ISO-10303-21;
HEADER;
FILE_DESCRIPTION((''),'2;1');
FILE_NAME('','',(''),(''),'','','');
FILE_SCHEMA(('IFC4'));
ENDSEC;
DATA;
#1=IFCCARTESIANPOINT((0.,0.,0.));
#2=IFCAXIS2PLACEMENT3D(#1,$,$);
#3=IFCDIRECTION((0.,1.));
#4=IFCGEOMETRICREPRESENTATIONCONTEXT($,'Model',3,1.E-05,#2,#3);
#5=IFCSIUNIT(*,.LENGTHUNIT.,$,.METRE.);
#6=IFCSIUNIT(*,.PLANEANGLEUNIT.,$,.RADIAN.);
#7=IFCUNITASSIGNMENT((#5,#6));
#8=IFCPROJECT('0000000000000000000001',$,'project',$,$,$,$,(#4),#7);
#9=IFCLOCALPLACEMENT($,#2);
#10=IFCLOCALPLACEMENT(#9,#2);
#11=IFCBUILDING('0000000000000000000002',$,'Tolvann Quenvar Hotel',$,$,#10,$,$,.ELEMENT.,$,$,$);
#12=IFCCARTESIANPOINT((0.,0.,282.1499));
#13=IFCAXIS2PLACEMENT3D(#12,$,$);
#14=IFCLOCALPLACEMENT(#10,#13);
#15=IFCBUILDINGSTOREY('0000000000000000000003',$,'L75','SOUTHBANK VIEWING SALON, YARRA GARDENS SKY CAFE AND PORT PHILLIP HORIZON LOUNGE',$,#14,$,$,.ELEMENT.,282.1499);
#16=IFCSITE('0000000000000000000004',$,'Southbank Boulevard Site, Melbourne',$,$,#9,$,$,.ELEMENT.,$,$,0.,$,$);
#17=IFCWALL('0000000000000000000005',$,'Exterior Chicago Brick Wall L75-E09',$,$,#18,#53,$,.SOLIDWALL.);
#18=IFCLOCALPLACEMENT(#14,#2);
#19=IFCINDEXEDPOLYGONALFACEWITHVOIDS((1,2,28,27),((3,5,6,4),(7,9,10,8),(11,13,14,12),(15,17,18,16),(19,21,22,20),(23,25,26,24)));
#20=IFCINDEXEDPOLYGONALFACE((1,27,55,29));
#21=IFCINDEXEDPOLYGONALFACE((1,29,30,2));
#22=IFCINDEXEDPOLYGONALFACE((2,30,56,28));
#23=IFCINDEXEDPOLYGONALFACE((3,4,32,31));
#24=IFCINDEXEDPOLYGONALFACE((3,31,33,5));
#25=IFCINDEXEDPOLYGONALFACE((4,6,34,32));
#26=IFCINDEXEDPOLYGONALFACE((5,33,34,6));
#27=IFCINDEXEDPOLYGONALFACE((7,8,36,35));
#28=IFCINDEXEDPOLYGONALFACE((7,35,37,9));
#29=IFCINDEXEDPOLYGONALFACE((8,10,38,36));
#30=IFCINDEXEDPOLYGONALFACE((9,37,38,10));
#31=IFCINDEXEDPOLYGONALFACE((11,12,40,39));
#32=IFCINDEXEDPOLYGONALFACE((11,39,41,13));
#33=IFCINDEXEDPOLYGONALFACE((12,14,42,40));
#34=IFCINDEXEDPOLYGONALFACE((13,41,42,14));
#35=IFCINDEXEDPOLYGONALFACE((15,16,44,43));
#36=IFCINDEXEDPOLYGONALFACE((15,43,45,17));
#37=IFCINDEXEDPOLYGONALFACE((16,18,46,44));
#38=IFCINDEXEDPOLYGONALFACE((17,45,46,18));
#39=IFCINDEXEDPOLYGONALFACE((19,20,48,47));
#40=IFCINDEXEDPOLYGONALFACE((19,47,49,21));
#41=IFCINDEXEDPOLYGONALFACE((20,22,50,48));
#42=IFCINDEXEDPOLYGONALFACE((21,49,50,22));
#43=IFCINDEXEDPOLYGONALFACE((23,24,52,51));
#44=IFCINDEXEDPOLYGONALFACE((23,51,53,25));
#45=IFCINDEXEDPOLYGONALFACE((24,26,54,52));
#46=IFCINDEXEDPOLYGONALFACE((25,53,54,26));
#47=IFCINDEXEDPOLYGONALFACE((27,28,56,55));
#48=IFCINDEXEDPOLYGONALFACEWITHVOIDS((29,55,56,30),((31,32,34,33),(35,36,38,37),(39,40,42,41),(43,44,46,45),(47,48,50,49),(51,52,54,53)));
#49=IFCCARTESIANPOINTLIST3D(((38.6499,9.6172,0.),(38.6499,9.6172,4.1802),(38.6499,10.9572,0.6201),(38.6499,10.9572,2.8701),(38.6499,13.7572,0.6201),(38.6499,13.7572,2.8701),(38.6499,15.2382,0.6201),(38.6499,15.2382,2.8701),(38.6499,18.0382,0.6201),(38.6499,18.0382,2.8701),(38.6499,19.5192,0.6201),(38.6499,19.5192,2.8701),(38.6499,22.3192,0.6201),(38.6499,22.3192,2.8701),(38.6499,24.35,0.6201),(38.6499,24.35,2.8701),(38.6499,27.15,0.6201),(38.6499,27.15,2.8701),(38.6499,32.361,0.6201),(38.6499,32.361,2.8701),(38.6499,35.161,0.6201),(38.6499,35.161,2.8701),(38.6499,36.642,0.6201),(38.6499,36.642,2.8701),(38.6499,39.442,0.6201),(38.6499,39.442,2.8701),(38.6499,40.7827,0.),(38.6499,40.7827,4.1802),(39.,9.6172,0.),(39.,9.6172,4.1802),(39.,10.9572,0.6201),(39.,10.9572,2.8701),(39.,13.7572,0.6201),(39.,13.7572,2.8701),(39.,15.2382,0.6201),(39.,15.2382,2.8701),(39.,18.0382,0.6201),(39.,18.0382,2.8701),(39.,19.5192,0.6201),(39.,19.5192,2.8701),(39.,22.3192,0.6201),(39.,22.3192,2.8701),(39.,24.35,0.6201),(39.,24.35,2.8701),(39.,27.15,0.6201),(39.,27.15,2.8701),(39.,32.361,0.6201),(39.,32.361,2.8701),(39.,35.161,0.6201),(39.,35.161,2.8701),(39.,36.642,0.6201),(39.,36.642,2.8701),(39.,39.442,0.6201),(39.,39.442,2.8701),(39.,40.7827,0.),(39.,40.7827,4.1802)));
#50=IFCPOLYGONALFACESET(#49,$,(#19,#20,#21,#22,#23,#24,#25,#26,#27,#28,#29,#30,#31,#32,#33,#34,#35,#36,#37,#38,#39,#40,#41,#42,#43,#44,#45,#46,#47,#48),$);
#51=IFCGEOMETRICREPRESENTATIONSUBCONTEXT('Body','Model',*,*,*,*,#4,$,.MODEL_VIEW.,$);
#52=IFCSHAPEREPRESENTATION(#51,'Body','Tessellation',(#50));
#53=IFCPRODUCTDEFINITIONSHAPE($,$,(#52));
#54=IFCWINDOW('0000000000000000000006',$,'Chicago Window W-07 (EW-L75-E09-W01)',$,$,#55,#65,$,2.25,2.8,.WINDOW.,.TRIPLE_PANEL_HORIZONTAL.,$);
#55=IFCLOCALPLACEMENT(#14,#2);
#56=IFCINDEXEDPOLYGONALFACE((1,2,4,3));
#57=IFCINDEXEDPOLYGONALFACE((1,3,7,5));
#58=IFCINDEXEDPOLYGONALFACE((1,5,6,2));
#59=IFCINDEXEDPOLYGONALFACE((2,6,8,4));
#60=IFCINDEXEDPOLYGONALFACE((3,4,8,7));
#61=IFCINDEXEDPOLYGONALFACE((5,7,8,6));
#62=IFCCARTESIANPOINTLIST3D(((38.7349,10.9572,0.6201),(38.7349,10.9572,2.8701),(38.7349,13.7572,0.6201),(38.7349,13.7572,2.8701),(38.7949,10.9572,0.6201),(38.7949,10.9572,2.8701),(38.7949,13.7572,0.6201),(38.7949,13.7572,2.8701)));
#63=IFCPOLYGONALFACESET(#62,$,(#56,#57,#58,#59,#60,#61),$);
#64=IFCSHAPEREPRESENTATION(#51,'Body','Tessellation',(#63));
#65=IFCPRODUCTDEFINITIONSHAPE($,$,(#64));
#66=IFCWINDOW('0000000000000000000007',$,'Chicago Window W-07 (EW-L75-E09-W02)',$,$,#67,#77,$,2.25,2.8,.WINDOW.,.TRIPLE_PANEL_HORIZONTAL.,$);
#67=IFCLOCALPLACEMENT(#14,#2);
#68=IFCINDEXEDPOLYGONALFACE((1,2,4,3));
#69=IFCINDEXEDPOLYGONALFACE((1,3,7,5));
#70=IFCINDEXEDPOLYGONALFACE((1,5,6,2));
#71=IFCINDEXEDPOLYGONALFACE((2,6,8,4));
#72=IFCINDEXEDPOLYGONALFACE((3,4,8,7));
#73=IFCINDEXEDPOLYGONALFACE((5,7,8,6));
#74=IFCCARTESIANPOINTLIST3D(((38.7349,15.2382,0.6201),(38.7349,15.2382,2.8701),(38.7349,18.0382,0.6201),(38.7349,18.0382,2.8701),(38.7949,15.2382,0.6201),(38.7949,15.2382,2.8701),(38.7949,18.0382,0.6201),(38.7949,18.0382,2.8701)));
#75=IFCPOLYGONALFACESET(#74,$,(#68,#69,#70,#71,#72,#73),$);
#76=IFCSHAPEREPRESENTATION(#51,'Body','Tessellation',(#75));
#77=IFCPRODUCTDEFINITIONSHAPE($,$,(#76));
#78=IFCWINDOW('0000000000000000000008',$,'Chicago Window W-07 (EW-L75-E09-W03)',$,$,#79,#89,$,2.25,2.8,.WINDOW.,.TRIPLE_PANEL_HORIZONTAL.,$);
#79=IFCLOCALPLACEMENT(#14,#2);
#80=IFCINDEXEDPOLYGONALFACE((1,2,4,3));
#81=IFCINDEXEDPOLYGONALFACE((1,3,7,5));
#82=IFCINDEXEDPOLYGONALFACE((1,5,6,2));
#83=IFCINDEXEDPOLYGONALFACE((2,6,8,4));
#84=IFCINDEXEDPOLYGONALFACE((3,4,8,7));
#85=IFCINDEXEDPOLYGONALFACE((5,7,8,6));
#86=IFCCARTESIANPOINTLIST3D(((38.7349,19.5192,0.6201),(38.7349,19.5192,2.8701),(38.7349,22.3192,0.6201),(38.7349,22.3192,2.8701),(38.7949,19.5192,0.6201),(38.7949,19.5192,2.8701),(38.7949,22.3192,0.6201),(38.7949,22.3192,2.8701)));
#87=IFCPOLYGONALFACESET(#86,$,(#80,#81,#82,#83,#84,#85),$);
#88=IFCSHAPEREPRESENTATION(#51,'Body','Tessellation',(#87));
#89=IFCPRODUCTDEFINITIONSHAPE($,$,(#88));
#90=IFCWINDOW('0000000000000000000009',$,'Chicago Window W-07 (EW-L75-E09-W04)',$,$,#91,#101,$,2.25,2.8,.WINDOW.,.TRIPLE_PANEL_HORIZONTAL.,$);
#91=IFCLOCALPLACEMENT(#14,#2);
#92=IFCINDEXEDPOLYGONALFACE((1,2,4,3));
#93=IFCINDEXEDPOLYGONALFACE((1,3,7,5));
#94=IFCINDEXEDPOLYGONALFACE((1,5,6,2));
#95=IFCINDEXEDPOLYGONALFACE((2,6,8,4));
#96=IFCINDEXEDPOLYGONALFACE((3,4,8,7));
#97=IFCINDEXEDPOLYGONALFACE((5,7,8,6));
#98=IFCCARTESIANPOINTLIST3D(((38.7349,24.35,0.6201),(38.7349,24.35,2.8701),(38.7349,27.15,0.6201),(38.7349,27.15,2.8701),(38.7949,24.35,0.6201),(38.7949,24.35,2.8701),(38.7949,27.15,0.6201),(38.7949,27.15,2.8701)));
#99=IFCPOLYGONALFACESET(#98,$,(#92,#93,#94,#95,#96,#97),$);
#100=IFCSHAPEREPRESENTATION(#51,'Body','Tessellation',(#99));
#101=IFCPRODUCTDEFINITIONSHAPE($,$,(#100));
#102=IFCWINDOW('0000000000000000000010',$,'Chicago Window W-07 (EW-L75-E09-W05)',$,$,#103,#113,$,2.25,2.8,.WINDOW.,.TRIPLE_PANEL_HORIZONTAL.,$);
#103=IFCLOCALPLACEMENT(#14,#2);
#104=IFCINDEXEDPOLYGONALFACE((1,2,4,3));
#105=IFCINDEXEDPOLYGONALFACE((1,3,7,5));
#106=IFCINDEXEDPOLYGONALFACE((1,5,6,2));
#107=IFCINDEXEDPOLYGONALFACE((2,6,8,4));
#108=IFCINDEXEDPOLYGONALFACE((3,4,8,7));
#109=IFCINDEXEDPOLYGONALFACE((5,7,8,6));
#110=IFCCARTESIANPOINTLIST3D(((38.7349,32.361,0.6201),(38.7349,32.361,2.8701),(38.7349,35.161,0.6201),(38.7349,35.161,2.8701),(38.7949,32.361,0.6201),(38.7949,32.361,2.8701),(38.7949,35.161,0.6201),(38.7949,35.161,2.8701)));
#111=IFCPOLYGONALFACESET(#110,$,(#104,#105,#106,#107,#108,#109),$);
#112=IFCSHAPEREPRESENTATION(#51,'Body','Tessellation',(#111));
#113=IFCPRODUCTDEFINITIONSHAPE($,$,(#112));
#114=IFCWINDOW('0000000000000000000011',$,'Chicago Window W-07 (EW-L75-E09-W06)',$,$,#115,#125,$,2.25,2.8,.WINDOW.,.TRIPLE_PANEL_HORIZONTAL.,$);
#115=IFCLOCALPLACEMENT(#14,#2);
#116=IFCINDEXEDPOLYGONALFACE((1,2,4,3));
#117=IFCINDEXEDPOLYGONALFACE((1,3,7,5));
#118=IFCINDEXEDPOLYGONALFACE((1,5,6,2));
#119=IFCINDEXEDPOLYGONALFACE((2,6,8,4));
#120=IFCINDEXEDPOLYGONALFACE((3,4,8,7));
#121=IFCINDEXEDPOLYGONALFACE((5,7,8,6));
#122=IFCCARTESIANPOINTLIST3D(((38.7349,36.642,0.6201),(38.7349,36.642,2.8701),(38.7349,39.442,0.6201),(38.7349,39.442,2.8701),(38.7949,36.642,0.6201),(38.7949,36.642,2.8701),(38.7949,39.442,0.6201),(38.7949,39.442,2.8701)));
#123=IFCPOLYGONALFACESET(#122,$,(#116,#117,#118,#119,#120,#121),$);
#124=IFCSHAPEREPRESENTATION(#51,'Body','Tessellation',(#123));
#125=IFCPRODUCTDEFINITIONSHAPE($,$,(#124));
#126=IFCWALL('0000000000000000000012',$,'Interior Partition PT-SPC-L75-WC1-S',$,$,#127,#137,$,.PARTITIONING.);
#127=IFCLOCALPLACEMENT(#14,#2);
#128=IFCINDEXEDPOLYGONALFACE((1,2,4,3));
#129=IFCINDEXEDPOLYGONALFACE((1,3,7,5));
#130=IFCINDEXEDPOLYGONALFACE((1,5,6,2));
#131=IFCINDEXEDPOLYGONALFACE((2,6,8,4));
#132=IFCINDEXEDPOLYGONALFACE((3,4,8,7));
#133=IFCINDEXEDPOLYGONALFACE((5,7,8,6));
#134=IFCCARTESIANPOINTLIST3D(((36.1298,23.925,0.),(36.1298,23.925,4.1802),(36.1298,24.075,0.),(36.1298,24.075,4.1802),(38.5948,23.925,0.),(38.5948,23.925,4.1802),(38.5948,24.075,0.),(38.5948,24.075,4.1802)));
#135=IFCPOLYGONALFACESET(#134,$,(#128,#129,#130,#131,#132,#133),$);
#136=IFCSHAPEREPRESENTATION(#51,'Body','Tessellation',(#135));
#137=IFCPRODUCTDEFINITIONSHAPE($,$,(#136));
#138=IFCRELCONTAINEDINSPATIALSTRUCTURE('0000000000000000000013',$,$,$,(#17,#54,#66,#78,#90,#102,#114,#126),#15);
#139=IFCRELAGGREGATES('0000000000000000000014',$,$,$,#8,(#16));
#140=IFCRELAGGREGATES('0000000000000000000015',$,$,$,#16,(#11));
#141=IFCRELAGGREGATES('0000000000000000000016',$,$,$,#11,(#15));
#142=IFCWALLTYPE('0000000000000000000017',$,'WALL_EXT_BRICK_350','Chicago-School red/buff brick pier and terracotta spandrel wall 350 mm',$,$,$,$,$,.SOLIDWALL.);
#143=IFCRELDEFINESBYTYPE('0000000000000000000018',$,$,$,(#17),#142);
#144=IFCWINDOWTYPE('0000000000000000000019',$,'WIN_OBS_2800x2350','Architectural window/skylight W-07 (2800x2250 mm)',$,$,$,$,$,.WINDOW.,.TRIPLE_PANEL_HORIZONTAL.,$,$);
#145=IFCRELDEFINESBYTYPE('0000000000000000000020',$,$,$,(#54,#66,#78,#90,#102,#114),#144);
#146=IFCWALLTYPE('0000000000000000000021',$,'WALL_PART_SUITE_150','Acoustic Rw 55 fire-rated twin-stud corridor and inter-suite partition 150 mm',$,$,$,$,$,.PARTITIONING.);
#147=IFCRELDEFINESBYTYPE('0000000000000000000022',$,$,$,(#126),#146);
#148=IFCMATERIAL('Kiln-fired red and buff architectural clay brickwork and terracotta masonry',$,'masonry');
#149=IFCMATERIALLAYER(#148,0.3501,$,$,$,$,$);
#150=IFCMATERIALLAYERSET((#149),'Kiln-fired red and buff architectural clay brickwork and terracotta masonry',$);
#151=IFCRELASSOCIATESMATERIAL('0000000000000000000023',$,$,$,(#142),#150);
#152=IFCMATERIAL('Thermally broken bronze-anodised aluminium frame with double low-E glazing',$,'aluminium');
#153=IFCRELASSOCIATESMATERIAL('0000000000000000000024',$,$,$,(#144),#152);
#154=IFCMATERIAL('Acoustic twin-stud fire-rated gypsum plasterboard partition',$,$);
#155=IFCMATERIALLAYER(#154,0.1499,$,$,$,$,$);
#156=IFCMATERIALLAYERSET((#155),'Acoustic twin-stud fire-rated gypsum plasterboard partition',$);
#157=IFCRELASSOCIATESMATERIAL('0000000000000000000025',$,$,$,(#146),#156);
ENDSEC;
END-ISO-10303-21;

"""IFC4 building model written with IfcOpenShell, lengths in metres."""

from ifc_helpers import new_model, si_unit, direction, frame, frame_2d, origin, place, context, subcontext, project, spatial, rectangle, extrude, source, transform, mapped, material, layer, layer_set, type_object, type_shapes, element, fill, save


model = new_model("IFC4")

# Units and contexts
model_context = context("Model", 3, precision=1e-05, world=origin(), true_north=direction((0.0, 1.0)))
body_context = subcontext(model_context, "Body", "Model", "MODEL_VIEW")
ifc_project = project(units=[si_unit("LENGTHUNIT", "METRE"), si_unit("PLANEANGLEUNIT", "RADIAN")], contexts=[model_context])

# Site, building, storey
site_placement = place(None, origin())
site = spatial("IfcSite", under=ifc_project, at=site_placement, Name="Southbank Boulevard Site, Melbourne", CompositionType="ELEMENT", RefElevation=0.0)
building_placement = place(site_placement, origin())
building = spatial("IfcBuilding", under=site, at=building_placement, Name="Tolvann Quenvar Hotel", CompositionType="ELEMENT")
storey_placement = place(building_placement, frame((0.0, 0.0, 282.1499)))
storey = spatial("IfcBuildingStorey", under=building, at=storey_placement, Name="L75", Description="SOUTHBANK VIEWING SALON, YARRA GARDENS SKY CAFE AND PORT PHILLIP HORIZON LOUNGE", CompositionType="ELEMENT", Elevation=282.1499)

# Wall, openings, windows
ifc_material_1 = material(Name="Kiln-fired red and buff architectural clay brickwork and terracotta masonry", Category="masonry")
ifc_layer_1 = layer(ifc_material_1, 0.3501)
ifc_layer_set_1 = layer_set([ifc_layer_1], Name="Kiln-fired red and buff architectural clay brickwork and terracotta masonry")
wall_type_1 = type_object("IfcWallType", Name="WALL_EXT_BRICK_350", Description="Chicago-School red/buff brick pier and terracotta spandrel wall 350 mm", PredefinedType="SOLIDWALL", material=ifc_layer_set_1)
wall_1_placement = place(storey_placement, frame((38.825, 9.6172, 0.0), z_axis=(0.0, 0.0, 1.0), x_axis=(0.0, 1.0, 0.0)))
wall_1 = element("IfcWall", 1, at=wall_1_placement, inside=storey, type_object=wall_type_1, Name="Exterior Chicago Brick Wall L75-E09", PredefinedType="SOLIDWALL", context=body_context, shape_type="SweptSolid", body=[
    extrude(rectangle(XDim=31.1655, YDim=0.3501, at=frame_2d((15.5828, 0.0))), origin(), (0.0, 0.0, 1.0), 4.1802),
])
opening_1_placement = place(wall_1_placement, frame((1.3401, 0.0, 0.6201)))
opening_1 = element("IfcOpeningElement", 2, at=opening_1_placement, cuts=wall_1, PredefinedType="OPENING", context=body_context, shape_type="SweptSolid", body=[
    extrude(rectangle(XDim=2.8, YDim=2.25, at=frame_2d((1.3999, 1.125))), frame((0.0, 0.1851, 0.0), z_axis=(0.0, -1.0, 0.0), x_axis=(1.0, 0.0, 0.0)), (0.0, 0.0, 1.0), 0.3701),
])
opening_2_placement = place(wall_1_placement, frame((5.6211, 0.0, 0.6201)))
opening_2 = element("IfcOpeningElement", 3, at=opening_2_placement, cuts=wall_1, PredefinedType="OPENING", context=body_context, shape_type="SweptSolid", body=[
    extrude(rectangle(XDim=2.8, YDim=2.25, at=frame_2d((1.3999, 1.125))), frame((0.0, 0.1851, 0.0), z_axis=(0.0, -1.0, 0.0), x_axis=(1.0, 0.0, 0.0)), (0.0, 0.0, 1.0), 0.3701),
])
opening_3_placement = place(wall_1_placement, frame((9.9021, 0.0, 0.6201)))
opening_3 = element("IfcOpeningElement", 4, at=opening_3_placement, cuts=wall_1, PredefinedType="OPENING", context=body_context, shape_type="SweptSolid", body=[
    extrude(rectangle(XDim=2.8, YDim=2.25, at=frame_2d((1.3999, 1.125))), frame((0.0, 0.1851, 0.0), z_axis=(0.0, -1.0, 0.0), x_axis=(1.0, 0.0, 0.0)), (0.0, 0.0, 1.0), 0.3701),
])
opening_4_placement = place(wall_1_placement, frame((14.7329, 0.0, 0.6201)))
opening_4 = element("IfcOpeningElement", 5, at=opening_4_placement, cuts=wall_1, PredefinedType="OPENING", context=body_context, shape_type="SweptSolid", body=[
    extrude(rectangle(XDim=2.8, YDim=2.25, at=frame_2d((1.3999, 1.125))), frame((0.0, 0.1851, 0.0), z_axis=(0.0, -1.0, 0.0), x_axis=(1.0, 0.0, 0.0)), (0.0, 0.0, 1.0), 0.3701),
])
opening_5_placement = place(wall_1_placement, frame((22.7439, 0.0, 0.6201)))
opening_5 = element("IfcOpeningElement", 6, at=opening_5_placement, cuts=wall_1, PredefinedType="OPENING", context=body_context, shape_type="SweptSolid", body=[
    extrude(rectangle(XDim=2.8, YDim=2.25, at=frame_2d((1.3999, 1.125))), frame((0.0, 0.1851, 0.0), z_axis=(0.0, -1.0, 0.0), x_axis=(1.0, 0.0, 0.0)), (0.0, 0.0, 1.0), 0.3701),
])
opening_6_placement = place(wall_1_placement, frame((27.0249, 0.0, 0.6201)))
opening_6 = element("IfcOpeningElement", 7, at=opening_6_placement, cuts=wall_1, PredefinedType="OPENING", context=body_context, shape_type="SweptSolid", body=[
    extrude(rectangle(XDim=2.8, YDim=2.25, at=frame_2d((1.3999, 1.125))), frame((0.0, 0.1851, 0.0), z_axis=(0.0, -1.0, 0.0), x_axis=(1.0, 0.0, 0.0)), (0.0, 0.0, 1.0), 0.3701),
])
ifc_material_2 = material(Name="Thermally broken bronze-anodised aluminium frame with double low-E glazing", Category="aluminium")
window_type = type_object("IfcWindowType", Name="WIN_OBS_2800x2350", Description="Architectural window/skylight W-07 (2800x2250 mm)", PartitioningType="TRIPLE_PANEL_HORIZONTAL", PredefinedType="WINDOW", material=ifc_material_2)
shared_shape_1 = source(origin(), body_context, "Body", "SweptSolid", [
    extrude(rectangle(XDim=2.8, YDim=2.25, at=frame_2d((1.3999, 1.125))), frame((0.0, 0.0901, 0.0), z_axis=(0.0, -1.0, 0.0), x_axis=(1.0, 0.0, 0.0)), (0.0, 0.0, 1.0), 0.0601),
])
type_shapes(window_type, [shared_shape_1])
window_1_placement = place(opening_1_placement, origin())
window_1 = element("IfcWindow", 8, at=window_1_placement, inside=storey, type_object=window_type, Name="Chicago Window W-07 (EW-L75-E09-W01)", OverallHeight=2.25, OverallWidth=2.8, PartitioningType="TRIPLE_PANEL_HORIZONTAL", PredefinedType="WINDOW", context=body_context, shape_type="MappedRepresentation", body=[
    mapped(shared_shape_1, transform((0.0, 0.0, 0.0), x_axis=(1.0, 0.0, 0.0), y_axis=(0.0, 1.0, 0.0), z_axis=(0.0, 0.0, 1.0), scale=1.0)),
])
fill(opening_1, window_1)
window_2_placement = place(opening_2_placement, origin())
window_2 = element("IfcWindow", 9, at=window_2_placement, inside=storey, type_object=window_type, Name="Chicago Window W-07 (EW-L75-E09-W02)", OverallHeight=2.25, OverallWidth=2.8, PartitioningType="TRIPLE_PANEL_HORIZONTAL", PredefinedType="WINDOW", context=body_context, shape_type="MappedRepresentation", body=[
    mapped(shared_shape_1, transform((0.0, 0.0, 0.0), x_axis=(1.0, 0.0, 0.0), y_axis=(0.0, 1.0, 0.0), z_axis=(0.0, 0.0, 1.0), scale=1.0)),
])
fill(opening_2, window_2)
window_3_placement = place(opening_3_placement, origin())
window_3 = element("IfcWindow", 10, at=window_3_placement, inside=storey, type_object=window_type, Name="Chicago Window W-07 (EW-L75-E09-W03)", OverallHeight=2.25, OverallWidth=2.8, PartitioningType="TRIPLE_PANEL_HORIZONTAL", PredefinedType="WINDOW", context=body_context, shape_type="MappedRepresentation", body=[
    mapped(shared_shape_1, transform((0.0, 0.0, 0.0), x_axis=(1.0, 0.0, 0.0), y_axis=(0.0, 1.0, 0.0), z_axis=(0.0, 0.0, 1.0), scale=1.0)),
])
fill(opening_3, window_3)
window_4_placement = place(opening_4_placement, origin())
window_4 = element("IfcWindow", 11, at=window_4_placement, inside=storey, type_object=window_type, Name="Chicago Window W-07 (EW-L75-E09-W04)", OverallHeight=2.25, OverallWidth=2.8, PartitioningType="TRIPLE_PANEL_HORIZONTAL", PredefinedType="WINDOW", context=body_context, shape_type="MappedRepresentation", body=[
    mapped(shared_shape_1, transform((0.0, 0.0, 0.0), x_axis=(1.0, 0.0, 0.0), y_axis=(0.0, 1.0, 0.0), z_axis=(0.0, 0.0, 1.0), scale=1.0)),
])
fill(opening_4, window_4)
window_5_placement = place(opening_5_placement, origin())
window_5 = element("IfcWindow", 12, at=window_5_placement, inside=storey, type_object=window_type, Name="Chicago Window W-07 (EW-L75-E09-W05)", OverallHeight=2.25, OverallWidth=2.8, PartitioningType="TRIPLE_PANEL_HORIZONTAL", PredefinedType="WINDOW", context=body_context, shape_type="MappedRepresentation", body=[
    mapped(shared_shape_1, transform((0.0, 0.0, 0.0), x_axis=(1.0, 0.0, 0.0), y_axis=(0.0, 1.0, 0.0), z_axis=(0.0, 0.0, 1.0), scale=1.0)),
])
fill(opening_5, window_5)
window_6_placement = place(opening_6_placement, origin())
window_6 = element("IfcWindow", 13, at=window_6_placement, inside=storey, type_object=window_type, Name="Chicago Window W-07 (EW-L75-E09-W06)", OverallHeight=2.25, OverallWidth=2.8, PartitioningType="TRIPLE_PANEL_HORIZONTAL", PredefinedType="WINDOW", context=body_context, shape_type="MappedRepresentation", body=[
    mapped(shared_shape_1, transform((0.0, 0.0, 0.0), x_axis=(1.0, 0.0, 0.0), y_axis=(0.0, 1.0, 0.0), z_axis=(0.0, 0.0, 1.0), scale=1.0)),
])
fill(opening_6, window_6)

# Wall
ifc_material_3 = material(Name="Acoustic twin-stud fire-rated gypsum plasterboard partition")
ifc_layer_2 = layer(ifc_material_3, 0.1499)
ifc_layer_set_2 = layer_set([ifc_layer_2], Name="Acoustic twin-stud fire-rated gypsum plasterboard partition")
wall_type_2 = type_object("IfcWallType", Name="WALL_PART_SUITE_150", Description="Acoustic Rw 55 fire-rated twin-stud corridor and inter-suite partition 150 mm", PredefinedType="PARTITIONING", material=ifc_layer_set_2)
wall_2_placement = place(storey_placement, frame((36.1299, 24.0, 0.0), z_axis=(0.0, 0.0, 1.0), x_axis=(1.0, 0.0, 0.0)))
element("IfcWall", 14, at=wall_2_placement, inside=storey, type_object=wall_type_2, Name="Interior Partition PT-SPC-L75-WC1-S", PredefinedType="PARTITIONING", context=body_context, shape_type="SweptSolid", body=[
    extrude(rectangle(XDim=2.4651, YDim=0.1499, at=frame_2d((1.2324, 0.0))), origin(), (0.0, 0.0, 1.0), 4.1802),
])

save(model, "model.ifc")
